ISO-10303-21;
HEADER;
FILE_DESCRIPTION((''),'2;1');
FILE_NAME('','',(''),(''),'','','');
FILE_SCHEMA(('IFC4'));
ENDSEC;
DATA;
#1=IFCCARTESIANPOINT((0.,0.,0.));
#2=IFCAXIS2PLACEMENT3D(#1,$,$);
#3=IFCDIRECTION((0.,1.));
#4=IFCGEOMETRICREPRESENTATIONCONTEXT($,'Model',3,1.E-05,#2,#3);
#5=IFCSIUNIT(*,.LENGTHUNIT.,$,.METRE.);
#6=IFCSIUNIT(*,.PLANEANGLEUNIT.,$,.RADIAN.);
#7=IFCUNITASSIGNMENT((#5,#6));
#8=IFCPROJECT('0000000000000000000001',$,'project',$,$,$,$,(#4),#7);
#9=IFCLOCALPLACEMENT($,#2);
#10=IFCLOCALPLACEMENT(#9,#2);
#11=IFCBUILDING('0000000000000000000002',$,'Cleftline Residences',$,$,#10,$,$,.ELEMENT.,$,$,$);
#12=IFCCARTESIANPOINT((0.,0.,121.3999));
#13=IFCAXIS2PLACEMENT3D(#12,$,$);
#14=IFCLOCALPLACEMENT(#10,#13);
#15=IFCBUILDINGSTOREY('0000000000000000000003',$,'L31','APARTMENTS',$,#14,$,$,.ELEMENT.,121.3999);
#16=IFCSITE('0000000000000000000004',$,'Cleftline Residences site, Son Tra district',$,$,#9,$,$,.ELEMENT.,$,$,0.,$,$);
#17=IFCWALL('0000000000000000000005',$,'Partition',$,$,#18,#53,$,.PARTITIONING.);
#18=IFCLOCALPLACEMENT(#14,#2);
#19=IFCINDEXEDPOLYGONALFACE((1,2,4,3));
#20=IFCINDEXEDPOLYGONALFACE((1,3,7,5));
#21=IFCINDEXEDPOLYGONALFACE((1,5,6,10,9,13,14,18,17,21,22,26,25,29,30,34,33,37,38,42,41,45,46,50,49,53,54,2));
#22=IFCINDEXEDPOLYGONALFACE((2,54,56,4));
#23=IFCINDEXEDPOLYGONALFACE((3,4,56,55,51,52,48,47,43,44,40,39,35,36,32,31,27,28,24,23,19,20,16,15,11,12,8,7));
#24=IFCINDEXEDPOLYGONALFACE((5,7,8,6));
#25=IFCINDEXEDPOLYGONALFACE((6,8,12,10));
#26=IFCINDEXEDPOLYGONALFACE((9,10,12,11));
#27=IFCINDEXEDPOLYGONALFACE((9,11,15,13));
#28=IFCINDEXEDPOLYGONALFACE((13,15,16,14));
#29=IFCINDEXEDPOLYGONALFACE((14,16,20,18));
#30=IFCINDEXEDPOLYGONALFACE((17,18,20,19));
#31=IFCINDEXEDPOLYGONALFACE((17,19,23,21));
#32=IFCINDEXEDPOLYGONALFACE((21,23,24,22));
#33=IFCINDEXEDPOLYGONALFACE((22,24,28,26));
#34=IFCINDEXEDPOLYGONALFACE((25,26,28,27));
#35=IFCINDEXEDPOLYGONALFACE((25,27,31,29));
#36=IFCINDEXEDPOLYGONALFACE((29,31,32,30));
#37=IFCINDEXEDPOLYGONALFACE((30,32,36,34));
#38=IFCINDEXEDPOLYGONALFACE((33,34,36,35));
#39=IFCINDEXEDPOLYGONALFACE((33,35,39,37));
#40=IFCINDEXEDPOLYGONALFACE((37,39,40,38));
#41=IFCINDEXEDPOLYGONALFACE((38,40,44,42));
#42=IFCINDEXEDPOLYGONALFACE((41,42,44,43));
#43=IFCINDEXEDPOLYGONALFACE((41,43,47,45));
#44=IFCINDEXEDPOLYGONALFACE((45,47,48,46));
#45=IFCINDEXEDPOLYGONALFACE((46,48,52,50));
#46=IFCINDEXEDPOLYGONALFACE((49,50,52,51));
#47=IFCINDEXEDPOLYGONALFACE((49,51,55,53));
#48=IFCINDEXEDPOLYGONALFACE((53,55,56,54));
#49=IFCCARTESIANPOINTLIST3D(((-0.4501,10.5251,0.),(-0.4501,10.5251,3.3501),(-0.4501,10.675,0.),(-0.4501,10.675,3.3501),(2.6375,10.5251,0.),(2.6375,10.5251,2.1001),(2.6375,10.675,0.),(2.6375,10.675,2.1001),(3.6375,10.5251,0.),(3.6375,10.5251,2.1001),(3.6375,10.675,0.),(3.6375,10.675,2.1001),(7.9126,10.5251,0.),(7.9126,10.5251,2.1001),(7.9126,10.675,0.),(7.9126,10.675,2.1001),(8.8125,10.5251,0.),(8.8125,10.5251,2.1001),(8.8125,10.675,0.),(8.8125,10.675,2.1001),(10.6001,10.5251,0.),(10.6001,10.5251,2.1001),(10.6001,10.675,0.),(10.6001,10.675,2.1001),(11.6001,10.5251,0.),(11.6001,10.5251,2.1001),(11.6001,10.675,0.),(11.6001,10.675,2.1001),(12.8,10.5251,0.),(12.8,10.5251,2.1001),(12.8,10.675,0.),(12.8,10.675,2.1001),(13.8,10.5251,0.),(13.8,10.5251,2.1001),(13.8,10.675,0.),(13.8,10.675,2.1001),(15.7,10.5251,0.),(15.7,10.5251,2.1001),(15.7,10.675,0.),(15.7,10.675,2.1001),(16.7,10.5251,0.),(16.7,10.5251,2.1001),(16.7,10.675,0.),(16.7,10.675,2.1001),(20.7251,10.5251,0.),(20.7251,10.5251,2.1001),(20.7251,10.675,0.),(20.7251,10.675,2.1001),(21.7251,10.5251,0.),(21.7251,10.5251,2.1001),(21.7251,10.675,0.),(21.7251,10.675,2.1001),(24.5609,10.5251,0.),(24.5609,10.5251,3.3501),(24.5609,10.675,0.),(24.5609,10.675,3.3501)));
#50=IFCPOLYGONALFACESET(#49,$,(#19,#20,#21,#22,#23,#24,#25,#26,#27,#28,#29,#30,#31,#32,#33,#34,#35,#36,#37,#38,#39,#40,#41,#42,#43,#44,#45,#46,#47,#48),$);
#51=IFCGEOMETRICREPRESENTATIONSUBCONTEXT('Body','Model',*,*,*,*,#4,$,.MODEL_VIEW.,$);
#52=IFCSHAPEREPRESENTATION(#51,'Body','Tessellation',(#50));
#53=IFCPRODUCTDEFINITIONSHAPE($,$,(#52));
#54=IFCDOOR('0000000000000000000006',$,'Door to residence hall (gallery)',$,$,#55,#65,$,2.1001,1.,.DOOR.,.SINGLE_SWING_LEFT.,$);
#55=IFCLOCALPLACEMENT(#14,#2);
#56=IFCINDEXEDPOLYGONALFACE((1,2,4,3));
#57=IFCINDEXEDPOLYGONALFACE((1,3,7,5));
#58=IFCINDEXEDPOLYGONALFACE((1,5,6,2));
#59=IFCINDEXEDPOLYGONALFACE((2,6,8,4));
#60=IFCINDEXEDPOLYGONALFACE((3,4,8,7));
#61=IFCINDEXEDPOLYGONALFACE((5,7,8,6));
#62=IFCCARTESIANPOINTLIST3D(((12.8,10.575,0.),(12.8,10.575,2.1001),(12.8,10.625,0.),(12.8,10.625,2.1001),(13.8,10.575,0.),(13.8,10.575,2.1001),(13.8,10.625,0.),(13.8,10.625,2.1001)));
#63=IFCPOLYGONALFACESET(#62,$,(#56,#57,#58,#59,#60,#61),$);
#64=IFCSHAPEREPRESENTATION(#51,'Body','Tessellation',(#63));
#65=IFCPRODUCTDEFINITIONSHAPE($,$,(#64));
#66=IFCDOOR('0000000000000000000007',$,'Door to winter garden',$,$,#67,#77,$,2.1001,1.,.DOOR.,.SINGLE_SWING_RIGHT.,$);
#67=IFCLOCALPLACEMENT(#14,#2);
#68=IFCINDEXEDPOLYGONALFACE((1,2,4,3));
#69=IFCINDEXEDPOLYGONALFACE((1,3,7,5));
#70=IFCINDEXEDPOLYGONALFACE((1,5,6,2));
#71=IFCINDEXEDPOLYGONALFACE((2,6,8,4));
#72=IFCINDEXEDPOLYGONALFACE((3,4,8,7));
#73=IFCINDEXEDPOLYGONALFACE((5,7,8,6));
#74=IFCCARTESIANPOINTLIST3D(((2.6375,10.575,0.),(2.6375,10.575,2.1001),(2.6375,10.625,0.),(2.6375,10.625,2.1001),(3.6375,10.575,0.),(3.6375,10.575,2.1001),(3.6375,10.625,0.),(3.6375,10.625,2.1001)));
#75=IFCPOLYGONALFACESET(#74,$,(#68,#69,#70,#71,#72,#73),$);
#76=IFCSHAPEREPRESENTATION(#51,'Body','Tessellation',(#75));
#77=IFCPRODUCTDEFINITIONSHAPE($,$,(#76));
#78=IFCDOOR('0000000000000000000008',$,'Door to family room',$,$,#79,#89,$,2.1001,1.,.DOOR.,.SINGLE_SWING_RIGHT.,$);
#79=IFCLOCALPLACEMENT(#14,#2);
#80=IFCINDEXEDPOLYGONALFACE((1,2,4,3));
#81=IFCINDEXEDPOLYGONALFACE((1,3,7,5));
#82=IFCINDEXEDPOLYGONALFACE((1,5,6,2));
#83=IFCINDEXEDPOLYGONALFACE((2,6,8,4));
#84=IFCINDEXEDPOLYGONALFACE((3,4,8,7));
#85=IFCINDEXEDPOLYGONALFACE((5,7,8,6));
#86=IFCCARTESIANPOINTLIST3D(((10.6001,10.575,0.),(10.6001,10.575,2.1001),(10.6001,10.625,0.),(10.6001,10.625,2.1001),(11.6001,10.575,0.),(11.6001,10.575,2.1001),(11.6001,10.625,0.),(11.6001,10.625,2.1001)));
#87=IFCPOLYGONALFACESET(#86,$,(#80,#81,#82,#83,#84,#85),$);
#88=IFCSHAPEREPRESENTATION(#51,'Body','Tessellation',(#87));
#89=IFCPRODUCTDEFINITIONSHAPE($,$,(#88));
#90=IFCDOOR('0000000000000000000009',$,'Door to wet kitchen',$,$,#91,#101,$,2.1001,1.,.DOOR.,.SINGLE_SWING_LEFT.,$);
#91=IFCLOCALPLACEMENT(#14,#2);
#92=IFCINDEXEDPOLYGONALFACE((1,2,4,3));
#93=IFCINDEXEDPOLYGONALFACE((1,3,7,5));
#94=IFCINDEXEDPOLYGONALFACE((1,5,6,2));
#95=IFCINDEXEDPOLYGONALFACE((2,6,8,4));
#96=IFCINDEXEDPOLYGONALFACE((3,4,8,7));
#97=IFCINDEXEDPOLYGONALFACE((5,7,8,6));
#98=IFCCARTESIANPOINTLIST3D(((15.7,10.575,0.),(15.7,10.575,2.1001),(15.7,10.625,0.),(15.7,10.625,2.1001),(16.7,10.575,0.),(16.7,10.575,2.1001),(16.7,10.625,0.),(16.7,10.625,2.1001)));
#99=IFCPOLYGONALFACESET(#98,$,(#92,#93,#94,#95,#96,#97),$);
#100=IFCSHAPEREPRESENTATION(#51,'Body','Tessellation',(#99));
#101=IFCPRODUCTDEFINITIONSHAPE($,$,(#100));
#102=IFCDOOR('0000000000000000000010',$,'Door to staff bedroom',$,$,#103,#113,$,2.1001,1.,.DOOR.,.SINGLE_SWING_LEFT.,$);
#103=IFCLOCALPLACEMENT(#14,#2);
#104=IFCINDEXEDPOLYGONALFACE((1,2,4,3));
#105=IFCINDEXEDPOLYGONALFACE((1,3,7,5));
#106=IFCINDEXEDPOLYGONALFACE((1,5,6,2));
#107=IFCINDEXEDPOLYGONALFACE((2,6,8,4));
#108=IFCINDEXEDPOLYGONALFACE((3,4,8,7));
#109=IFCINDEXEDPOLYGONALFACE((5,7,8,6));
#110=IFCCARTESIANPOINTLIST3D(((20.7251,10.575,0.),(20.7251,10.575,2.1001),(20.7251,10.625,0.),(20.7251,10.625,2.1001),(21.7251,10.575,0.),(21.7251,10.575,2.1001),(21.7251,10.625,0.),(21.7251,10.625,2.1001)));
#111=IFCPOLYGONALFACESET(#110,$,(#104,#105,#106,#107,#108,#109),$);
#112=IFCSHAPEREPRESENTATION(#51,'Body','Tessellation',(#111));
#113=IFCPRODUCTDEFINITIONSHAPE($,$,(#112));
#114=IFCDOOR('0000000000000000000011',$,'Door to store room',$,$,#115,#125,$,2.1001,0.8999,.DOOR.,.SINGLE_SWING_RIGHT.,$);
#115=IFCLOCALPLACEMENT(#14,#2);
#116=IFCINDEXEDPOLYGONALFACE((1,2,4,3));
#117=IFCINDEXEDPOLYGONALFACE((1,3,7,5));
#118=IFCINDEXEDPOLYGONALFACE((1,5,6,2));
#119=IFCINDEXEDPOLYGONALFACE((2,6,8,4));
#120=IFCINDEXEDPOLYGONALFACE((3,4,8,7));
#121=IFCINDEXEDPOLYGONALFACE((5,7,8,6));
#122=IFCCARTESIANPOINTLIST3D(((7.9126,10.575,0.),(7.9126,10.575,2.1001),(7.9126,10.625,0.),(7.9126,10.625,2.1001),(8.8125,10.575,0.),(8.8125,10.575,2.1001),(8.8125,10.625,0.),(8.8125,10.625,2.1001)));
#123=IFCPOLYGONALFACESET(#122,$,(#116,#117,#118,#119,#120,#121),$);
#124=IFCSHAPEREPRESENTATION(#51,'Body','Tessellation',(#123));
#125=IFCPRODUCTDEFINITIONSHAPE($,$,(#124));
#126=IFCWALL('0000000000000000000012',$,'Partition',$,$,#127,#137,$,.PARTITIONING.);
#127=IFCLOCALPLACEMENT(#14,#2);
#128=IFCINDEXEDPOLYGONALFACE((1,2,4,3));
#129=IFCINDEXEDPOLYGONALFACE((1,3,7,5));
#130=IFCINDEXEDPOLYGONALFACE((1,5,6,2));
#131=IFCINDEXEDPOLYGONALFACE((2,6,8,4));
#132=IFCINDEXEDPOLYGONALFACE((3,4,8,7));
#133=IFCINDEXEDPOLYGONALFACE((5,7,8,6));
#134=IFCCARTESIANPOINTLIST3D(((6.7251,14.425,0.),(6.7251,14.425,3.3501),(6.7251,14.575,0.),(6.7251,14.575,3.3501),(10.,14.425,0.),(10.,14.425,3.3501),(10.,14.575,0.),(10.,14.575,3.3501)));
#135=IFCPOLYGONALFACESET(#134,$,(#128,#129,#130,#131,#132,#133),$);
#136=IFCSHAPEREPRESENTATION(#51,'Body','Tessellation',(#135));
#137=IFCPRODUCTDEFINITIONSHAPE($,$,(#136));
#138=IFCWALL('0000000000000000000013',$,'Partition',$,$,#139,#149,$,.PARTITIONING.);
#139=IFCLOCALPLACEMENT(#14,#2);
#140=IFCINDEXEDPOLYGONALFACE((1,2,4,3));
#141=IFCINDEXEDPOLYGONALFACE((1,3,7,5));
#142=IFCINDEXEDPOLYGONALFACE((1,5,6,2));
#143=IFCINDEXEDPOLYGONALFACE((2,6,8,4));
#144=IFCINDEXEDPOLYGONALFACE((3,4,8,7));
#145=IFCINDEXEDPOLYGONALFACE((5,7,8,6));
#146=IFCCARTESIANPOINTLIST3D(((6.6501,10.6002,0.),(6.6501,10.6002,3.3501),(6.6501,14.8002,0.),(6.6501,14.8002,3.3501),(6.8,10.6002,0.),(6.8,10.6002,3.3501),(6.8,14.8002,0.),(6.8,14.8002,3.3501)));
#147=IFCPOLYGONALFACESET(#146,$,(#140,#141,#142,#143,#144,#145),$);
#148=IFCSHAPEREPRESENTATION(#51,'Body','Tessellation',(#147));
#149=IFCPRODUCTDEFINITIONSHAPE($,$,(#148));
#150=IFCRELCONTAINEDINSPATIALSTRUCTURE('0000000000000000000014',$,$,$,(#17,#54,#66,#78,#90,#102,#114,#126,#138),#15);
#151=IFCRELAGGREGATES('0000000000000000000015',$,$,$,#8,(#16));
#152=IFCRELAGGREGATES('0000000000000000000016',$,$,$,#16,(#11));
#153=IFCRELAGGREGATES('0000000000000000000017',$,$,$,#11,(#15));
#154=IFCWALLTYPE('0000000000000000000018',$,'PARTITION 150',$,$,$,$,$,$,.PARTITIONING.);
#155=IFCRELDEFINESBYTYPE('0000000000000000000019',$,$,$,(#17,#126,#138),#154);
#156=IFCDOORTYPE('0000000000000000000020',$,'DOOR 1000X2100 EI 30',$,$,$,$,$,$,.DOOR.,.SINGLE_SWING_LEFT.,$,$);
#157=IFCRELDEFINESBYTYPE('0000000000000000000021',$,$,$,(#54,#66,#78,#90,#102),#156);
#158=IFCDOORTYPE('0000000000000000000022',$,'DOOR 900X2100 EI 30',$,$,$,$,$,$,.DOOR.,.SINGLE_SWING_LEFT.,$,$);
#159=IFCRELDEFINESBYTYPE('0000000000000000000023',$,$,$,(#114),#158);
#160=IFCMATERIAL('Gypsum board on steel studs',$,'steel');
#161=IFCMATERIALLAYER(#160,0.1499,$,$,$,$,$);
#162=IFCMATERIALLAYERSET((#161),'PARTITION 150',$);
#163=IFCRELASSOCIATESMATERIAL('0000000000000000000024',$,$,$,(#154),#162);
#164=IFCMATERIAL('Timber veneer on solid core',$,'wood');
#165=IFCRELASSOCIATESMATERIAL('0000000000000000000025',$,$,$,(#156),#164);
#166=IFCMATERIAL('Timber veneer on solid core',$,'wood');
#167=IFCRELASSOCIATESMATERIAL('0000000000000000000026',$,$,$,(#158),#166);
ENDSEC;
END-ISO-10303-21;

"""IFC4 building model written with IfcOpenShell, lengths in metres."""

from ifc_helpers import new_model, si_unit, direction, frame, frame_2d, origin, place, context, subcontext, project, spatial, rectangle, extrude, material, layer, layer_set, type_object, element, fill, save


model = new_model("IFC4")

# Units and contexts
model_context = context("Model", 3, precision=1e-05, world=origin(), true_north=direction((0.0, 1.0)))
body_context = subcontext(model_context, "Body", "Model", "MODEL_VIEW")
ifc_project = project(units=[si_unit("LENGTHUNIT", "METRE"), si_unit("PLANEANGLEUNIT", "RADIAN")], contexts=[model_context])

# Site, building, storey
site_placement = place(None, origin())
site = spatial("IfcSite", under=ifc_project, at=site_placement, Name="Cleftline Residences site, Son Tra district", CompositionType="ELEMENT", RefElevation=0.0)
building_placement = place(site_placement, origin())
building = spatial("IfcBuilding", under=site, at=building_placement, Name="Cleftline Residences", CompositionType="ELEMENT")
storey_placement = place(building_placement, frame((0.0, 0.0, 121.3999)))
storey = spatial("IfcBuildingStorey", under=building, at=storey_placement, Name="L31", Description="APARTMENTS", CompositionType="ELEMENT", Elevation=121.3999)

# Shared definitions
ifc_material_1 = material(Name="Gypsum board on steel studs", Category="steel")
ifc_layer = layer(ifc_material_1, 0.1499)
ifc_layer_set = layer_set([ifc_layer], Name="PARTITION 150")
wall_type = type_object("IfcWallType", Name="PARTITION 150", PredefinedType="PARTITIONING", material=ifc_layer_set)

# Wall, openings, doors
wall_1_placement = place(storey_placement, frame((-0.45, 10.6001, 0.0), z_axis=(0.0, 0.0, 1.0), x_axis=(1.0, 0.0, 0.0)))
wall_1 = element("IfcWall", 1, at=wall_1_placement, inside=storey, type_object=wall_type, Name="Partition", PredefinedType="PARTITIONING", context=body_context, shape_type="SweptSolid", body=[
    extrude(rectangle(XDim=25.011, YDim=0.1499, at=frame_2d((12.5054, 0.0))), origin(), (0.0, 0.0, 1.0), 3.3501),
])
opening_1_placement = place(wall_1_placement, frame((13.25, 0.0, 0.0)))
opening_1 = element("IfcOpeningElement", 2, at=opening_1_placement, cuts=wall_1, PredefinedType="OPENING", context=body_context, shape_type="SweptSolid", body=[
    extrude(rectangle(XDim=1.0, YDim=2.1001, at=frame_2d((0.5, 1.05))), frame((0.0, 0.085, 0.0), z_axis=(0.0, -1.0, 0.0), x_axis=(1.0, 0.0, 0.0)), (0.0, 0.0, 1.0), 0.1699),
])
opening_2_placement = place(wall_1_placement, frame((3.0874, 0.0, 0.0)))
opening_2 = element("IfcOpeningElement", 3, at=opening_2_placement, cuts=wall_1, PredefinedType="OPENING", context=body_context, shape_type="SweptSolid", body=[
    extrude(rectangle(XDim=1.0, YDim=2.1001, at=frame_2d((0.5, 1.05))), frame((0.0, 0.085, 0.0), z_axis=(0.0, -1.0, 0.0), x_axis=(1.0, 0.0, 0.0)), (0.0, 0.0, 1.0), 0.1699),
])
opening_3_placement = place(wall_1_placement, frame((8.3625, 0.0, 0.0)))
opening_3 = element("IfcOpeningElement", 4, at=opening_3_placement, cuts=wall_1, PredefinedType="OPENING", context=body_context, shape_type="SweptSolid", body=[
    extrude(rectangle(XDim=0.8999, YDim=2.1001, at=frame_2d((0.45, 1.05))), frame((0.0, 0.085, 0.0), z_axis=(0.0, -1.0, 0.0), x_axis=(1.0, 0.0, 0.0)), (0.0, 0.0, 1.0), 0.1699),
])
opening_4_placement = place(wall_1_placement, frame((11.05, 0.0, 0.0)))
opening_4 = element("IfcOpeningElement", 5, at=opening_4_placement, cuts=wall_1, PredefinedType="OPENING", context=body_context, shape_type="SweptSolid", body=[
    extrude(rectangle(XDim=1.0, YDim=2.1001, at=frame_2d((0.5, 1.05))), frame((0.0, 0.085, 0.0), z_axis=(0.0, -1.0, 0.0), x_axis=(1.0, 0.0, 0.0)), (0.0, 0.0, 1.0), 0.1699),
])
opening_5_placement = place(wall_1_placement, frame((16.1499, 0.0, 0.0)))
opening_5 = element("IfcOpeningElement", 6, at=opening_5_placement, cuts=wall_1, PredefinedType="OPENING", context=body_context, shape_type="SweptSolid", body=[
    extrude(rectangle(XDim=1.0, YDim=2.1001, at=frame_2d((0.5, 1.05))), frame((0.0, 0.085, 0.0), z_axis=(0.0, -1.0, 0.0), x_axis=(1.0, 0.0, 0.0)), (0.0, 0.0, 1.0), 0.1699),
])
opening_6_placement = place(wall_1_placement, frame((21.175, 0.0, 0.0)))
opening_6 = element("IfcOpeningElement", 7, at=opening_6_placement, cuts=wall_1, PredefinedType="OPENING", context=body_context, shape_type="SweptSolid", body=[
    extrude(rectangle(XDim=1.0, YDim=2.1001, at=frame_2d((0.5, 1.05))), frame((0.0, 0.085, 0.0), z_axis=(0.0, -1.0, 0.0), x_axis=(1.0, 0.0, 0.0)), (0.0, 0.0, 1.0), 0.1699),
])
ifc_material_2 = material(Name="Timber veneer on solid core", Category="wood")
door_type_1 = type_object("IfcDoorType", Name="DOOR 1000X2100 EI 30", OperationType="SINGLE_SWING_LEFT", PredefinedType="DOOR", material=ifc_material_2)
door_1_placement = place(opening_1_placement, origin())
door_1 = element("IfcDoor", 8, at=door_1_placement, inside=storey, type_object=door_type_1, Name="Door to residence hall (gallery)", OperationType="SINGLE_SWING_LEFT", OverallHeight=2.1001, OverallWidth=1.0, PredefinedType="DOOR", context=body_context, shape_type="SweptSolid", body=[
    extrude(rectangle(XDim=1.0, YDim=2.1001, at=frame_2d((0.5, 1.05))), frame((0.0, 0.0249, 0.0), z_axis=(0.0, -1.0, 0.0), x_axis=(1.0, 0.0, 0.0)), (0.0, 0.0, 1.0), 0.05),
])
fill(opening_1, door_1)
door_2_placement = place(opening_2_placement, origin())
door_2 = element("IfcDoor", 9, at=door_2_placement, inside=storey, type_object=door_type_1, Name="Door to winter garden", OperationType="SINGLE_SWING_RIGHT", OverallHeight=2.1001, OverallWidth=1.0, PredefinedType="DOOR", context=body_context, shape_type="SweptSolid", body=[
    extrude(rectangle(XDim=1.0, YDim=2.1001, at=frame_2d((0.5, 1.05))), frame((0.0, 0.0249, 0.0), z_axis=(0.0, -1.0, 0.0), x_axis=(1.0, 0.0, 0.0)), (0.0, 0.0, 1.0), 0.05),
])
fill(opening_2, door_2)
door_3_placement = place(opening_4_placement, origin())
door_3 = element("IfcDoor", 10, at=door_3_placement, inside=storey, type_object=door_type_1, Name="Door to family room", OperationType="SINGLE_SWING_RIGHT", OverallHeight=2.1001, OverallWidth=1.0, PredefinedType="DOOR", context=body_context, shape_type="SweptSolid", body=[
    extrude(rectangle(XDim=1.0, YDim=2.1001, at=frame_2d((0.5, 1.05))), frame((0.0, 0.0249, 0.0), z_axis=(0.0, -1.0, 0.0), x_axis=(1.0, 0.0, 0.0)), (0.0, 0.0, 1.0), 0.05),
])
fill(opening_4, door_3)
door_4_placement = place(opening_5_placement, origin())
door_4 = element("IfcDoor", 11, at=door_4_placement, inside=storey, type_object=door_type_1, Name="Door to wet kitchen", OperationType="SINGLE_SWING_LEFT", OverallHeight=2.1001, OverallWidth=1.0, PredefinedType="DOOR", context=body_context, shape_type="SweptSolid", body=[
    extrude(rectangle(XDim=1.0, YDim=2.1001, at=frame_2d((0.5, 1.05))), frame((0.0, 0.0249, 0.0), z_axis=(0.0, -1.0, 0.0), x_axis=(1.0, 0.0, 0.0)), (0.0, 0.0, 1.0), 0.05),
])
fill(opening_5, door_4)
door_5_placement = place(opening_6_placement, origin())
door_5 = element("IfcDoor", 12, at=door_5_placement, inside=storey, type_object=door_type_1, Name="Door to staff bedroom", OperationType="SINGLE_SWING_LEFT", OverallHeight=2.1001, OverallWidth=1.0, PredefinedType="DOOR", context=body_context, shape_type="SweptSolid", body=[
    extrude(rectangle(XDim=1.0, YDim=2.1001, at=frame_2d((0.5, 1.05))), frame((0.0, 0.0249, 0.0), z_axis=(0.0, -1.0, 0.0), x_axis=(1.0, 0.0, 0.0)), (0.0, 0.0, 1.0), 0.05),
])
fill(opening_6, door_5)
ifc_material_3 = material(Name="Timber veneer on solid core", Category="wood")
door_type_2 = type_object("IfcDoorType", Name="DOOR 900X2100 EI 30", OperationType="SINGLE_SWING_LEFT", PredefinedType="DOOR", material=ifc_material_3)
door_6_placement = place(opening_3_placement, origin())
door_6 = element("IfcDoor", 13, at=door_6_placement, inside=storey, type_object=door_type_2, Name="Door to store room", OperationType="SINGLE_SWING_RIGHT", OverallHeight=2.1001, OverallWidth=0.8999, PredefinedType="DOOR", context=body_context, shape_type="SweptSolid", body=[
    extrude(rectangle(XDim=0.8999, YDim=2.1001, at=frame_2d((0.45, 1.05))), frame((0.0, 0.0249, 0.0), z_axis=(0.0, -1.0, 0.0), x_axis=(1.0, 0.0, 0.0)), (0.0, 0.0, 1.0), 0.05),
])
fill(opening_3, door_6)

# Walls
wall_2_placement = place(storey_placement, frame((6.7251, 14.5, 0.0), z_axis=(0.0, 0.0, 1.0), x_axis=(1.0, 0.0, 0.0)))
element("IfcWall", 14, at=wall_2_placement, inside=storey, type_object=wall_type, Name="Partition", PredefinedType="PARTITIONING", context=body_context, shape_type="SweptSolid", body=[
    extrude(rectangle(XDim=3.2749, YDim=0.1499, at=frame_2d((1.6375, 0.0))), origin(), (0.0, 0.0, 1.0), 3.3501),
])
wall_3_placement = place(storey_placement, frame((6.7251, 10.6001, 0.0), z_axis=(0.0, 0.0, 1.0), x_axis=(0.0, 1.0, 0.0)))
element("IfcWall", 15, at=wall_3_placement, inside=storey, type_object=wall_type, Name="Partition", PredefinedType="PARTITIONING", context=body_context, shape_type="SweptSolid", body=[
    extrude(rectangle(XDim=4.2, YDim=0.1499, at=frame_2d((2.1001, 0.0))), origin(), (0.0, 0.0, 1.0), 3.3501),
])

save(model, "model.ifc")
